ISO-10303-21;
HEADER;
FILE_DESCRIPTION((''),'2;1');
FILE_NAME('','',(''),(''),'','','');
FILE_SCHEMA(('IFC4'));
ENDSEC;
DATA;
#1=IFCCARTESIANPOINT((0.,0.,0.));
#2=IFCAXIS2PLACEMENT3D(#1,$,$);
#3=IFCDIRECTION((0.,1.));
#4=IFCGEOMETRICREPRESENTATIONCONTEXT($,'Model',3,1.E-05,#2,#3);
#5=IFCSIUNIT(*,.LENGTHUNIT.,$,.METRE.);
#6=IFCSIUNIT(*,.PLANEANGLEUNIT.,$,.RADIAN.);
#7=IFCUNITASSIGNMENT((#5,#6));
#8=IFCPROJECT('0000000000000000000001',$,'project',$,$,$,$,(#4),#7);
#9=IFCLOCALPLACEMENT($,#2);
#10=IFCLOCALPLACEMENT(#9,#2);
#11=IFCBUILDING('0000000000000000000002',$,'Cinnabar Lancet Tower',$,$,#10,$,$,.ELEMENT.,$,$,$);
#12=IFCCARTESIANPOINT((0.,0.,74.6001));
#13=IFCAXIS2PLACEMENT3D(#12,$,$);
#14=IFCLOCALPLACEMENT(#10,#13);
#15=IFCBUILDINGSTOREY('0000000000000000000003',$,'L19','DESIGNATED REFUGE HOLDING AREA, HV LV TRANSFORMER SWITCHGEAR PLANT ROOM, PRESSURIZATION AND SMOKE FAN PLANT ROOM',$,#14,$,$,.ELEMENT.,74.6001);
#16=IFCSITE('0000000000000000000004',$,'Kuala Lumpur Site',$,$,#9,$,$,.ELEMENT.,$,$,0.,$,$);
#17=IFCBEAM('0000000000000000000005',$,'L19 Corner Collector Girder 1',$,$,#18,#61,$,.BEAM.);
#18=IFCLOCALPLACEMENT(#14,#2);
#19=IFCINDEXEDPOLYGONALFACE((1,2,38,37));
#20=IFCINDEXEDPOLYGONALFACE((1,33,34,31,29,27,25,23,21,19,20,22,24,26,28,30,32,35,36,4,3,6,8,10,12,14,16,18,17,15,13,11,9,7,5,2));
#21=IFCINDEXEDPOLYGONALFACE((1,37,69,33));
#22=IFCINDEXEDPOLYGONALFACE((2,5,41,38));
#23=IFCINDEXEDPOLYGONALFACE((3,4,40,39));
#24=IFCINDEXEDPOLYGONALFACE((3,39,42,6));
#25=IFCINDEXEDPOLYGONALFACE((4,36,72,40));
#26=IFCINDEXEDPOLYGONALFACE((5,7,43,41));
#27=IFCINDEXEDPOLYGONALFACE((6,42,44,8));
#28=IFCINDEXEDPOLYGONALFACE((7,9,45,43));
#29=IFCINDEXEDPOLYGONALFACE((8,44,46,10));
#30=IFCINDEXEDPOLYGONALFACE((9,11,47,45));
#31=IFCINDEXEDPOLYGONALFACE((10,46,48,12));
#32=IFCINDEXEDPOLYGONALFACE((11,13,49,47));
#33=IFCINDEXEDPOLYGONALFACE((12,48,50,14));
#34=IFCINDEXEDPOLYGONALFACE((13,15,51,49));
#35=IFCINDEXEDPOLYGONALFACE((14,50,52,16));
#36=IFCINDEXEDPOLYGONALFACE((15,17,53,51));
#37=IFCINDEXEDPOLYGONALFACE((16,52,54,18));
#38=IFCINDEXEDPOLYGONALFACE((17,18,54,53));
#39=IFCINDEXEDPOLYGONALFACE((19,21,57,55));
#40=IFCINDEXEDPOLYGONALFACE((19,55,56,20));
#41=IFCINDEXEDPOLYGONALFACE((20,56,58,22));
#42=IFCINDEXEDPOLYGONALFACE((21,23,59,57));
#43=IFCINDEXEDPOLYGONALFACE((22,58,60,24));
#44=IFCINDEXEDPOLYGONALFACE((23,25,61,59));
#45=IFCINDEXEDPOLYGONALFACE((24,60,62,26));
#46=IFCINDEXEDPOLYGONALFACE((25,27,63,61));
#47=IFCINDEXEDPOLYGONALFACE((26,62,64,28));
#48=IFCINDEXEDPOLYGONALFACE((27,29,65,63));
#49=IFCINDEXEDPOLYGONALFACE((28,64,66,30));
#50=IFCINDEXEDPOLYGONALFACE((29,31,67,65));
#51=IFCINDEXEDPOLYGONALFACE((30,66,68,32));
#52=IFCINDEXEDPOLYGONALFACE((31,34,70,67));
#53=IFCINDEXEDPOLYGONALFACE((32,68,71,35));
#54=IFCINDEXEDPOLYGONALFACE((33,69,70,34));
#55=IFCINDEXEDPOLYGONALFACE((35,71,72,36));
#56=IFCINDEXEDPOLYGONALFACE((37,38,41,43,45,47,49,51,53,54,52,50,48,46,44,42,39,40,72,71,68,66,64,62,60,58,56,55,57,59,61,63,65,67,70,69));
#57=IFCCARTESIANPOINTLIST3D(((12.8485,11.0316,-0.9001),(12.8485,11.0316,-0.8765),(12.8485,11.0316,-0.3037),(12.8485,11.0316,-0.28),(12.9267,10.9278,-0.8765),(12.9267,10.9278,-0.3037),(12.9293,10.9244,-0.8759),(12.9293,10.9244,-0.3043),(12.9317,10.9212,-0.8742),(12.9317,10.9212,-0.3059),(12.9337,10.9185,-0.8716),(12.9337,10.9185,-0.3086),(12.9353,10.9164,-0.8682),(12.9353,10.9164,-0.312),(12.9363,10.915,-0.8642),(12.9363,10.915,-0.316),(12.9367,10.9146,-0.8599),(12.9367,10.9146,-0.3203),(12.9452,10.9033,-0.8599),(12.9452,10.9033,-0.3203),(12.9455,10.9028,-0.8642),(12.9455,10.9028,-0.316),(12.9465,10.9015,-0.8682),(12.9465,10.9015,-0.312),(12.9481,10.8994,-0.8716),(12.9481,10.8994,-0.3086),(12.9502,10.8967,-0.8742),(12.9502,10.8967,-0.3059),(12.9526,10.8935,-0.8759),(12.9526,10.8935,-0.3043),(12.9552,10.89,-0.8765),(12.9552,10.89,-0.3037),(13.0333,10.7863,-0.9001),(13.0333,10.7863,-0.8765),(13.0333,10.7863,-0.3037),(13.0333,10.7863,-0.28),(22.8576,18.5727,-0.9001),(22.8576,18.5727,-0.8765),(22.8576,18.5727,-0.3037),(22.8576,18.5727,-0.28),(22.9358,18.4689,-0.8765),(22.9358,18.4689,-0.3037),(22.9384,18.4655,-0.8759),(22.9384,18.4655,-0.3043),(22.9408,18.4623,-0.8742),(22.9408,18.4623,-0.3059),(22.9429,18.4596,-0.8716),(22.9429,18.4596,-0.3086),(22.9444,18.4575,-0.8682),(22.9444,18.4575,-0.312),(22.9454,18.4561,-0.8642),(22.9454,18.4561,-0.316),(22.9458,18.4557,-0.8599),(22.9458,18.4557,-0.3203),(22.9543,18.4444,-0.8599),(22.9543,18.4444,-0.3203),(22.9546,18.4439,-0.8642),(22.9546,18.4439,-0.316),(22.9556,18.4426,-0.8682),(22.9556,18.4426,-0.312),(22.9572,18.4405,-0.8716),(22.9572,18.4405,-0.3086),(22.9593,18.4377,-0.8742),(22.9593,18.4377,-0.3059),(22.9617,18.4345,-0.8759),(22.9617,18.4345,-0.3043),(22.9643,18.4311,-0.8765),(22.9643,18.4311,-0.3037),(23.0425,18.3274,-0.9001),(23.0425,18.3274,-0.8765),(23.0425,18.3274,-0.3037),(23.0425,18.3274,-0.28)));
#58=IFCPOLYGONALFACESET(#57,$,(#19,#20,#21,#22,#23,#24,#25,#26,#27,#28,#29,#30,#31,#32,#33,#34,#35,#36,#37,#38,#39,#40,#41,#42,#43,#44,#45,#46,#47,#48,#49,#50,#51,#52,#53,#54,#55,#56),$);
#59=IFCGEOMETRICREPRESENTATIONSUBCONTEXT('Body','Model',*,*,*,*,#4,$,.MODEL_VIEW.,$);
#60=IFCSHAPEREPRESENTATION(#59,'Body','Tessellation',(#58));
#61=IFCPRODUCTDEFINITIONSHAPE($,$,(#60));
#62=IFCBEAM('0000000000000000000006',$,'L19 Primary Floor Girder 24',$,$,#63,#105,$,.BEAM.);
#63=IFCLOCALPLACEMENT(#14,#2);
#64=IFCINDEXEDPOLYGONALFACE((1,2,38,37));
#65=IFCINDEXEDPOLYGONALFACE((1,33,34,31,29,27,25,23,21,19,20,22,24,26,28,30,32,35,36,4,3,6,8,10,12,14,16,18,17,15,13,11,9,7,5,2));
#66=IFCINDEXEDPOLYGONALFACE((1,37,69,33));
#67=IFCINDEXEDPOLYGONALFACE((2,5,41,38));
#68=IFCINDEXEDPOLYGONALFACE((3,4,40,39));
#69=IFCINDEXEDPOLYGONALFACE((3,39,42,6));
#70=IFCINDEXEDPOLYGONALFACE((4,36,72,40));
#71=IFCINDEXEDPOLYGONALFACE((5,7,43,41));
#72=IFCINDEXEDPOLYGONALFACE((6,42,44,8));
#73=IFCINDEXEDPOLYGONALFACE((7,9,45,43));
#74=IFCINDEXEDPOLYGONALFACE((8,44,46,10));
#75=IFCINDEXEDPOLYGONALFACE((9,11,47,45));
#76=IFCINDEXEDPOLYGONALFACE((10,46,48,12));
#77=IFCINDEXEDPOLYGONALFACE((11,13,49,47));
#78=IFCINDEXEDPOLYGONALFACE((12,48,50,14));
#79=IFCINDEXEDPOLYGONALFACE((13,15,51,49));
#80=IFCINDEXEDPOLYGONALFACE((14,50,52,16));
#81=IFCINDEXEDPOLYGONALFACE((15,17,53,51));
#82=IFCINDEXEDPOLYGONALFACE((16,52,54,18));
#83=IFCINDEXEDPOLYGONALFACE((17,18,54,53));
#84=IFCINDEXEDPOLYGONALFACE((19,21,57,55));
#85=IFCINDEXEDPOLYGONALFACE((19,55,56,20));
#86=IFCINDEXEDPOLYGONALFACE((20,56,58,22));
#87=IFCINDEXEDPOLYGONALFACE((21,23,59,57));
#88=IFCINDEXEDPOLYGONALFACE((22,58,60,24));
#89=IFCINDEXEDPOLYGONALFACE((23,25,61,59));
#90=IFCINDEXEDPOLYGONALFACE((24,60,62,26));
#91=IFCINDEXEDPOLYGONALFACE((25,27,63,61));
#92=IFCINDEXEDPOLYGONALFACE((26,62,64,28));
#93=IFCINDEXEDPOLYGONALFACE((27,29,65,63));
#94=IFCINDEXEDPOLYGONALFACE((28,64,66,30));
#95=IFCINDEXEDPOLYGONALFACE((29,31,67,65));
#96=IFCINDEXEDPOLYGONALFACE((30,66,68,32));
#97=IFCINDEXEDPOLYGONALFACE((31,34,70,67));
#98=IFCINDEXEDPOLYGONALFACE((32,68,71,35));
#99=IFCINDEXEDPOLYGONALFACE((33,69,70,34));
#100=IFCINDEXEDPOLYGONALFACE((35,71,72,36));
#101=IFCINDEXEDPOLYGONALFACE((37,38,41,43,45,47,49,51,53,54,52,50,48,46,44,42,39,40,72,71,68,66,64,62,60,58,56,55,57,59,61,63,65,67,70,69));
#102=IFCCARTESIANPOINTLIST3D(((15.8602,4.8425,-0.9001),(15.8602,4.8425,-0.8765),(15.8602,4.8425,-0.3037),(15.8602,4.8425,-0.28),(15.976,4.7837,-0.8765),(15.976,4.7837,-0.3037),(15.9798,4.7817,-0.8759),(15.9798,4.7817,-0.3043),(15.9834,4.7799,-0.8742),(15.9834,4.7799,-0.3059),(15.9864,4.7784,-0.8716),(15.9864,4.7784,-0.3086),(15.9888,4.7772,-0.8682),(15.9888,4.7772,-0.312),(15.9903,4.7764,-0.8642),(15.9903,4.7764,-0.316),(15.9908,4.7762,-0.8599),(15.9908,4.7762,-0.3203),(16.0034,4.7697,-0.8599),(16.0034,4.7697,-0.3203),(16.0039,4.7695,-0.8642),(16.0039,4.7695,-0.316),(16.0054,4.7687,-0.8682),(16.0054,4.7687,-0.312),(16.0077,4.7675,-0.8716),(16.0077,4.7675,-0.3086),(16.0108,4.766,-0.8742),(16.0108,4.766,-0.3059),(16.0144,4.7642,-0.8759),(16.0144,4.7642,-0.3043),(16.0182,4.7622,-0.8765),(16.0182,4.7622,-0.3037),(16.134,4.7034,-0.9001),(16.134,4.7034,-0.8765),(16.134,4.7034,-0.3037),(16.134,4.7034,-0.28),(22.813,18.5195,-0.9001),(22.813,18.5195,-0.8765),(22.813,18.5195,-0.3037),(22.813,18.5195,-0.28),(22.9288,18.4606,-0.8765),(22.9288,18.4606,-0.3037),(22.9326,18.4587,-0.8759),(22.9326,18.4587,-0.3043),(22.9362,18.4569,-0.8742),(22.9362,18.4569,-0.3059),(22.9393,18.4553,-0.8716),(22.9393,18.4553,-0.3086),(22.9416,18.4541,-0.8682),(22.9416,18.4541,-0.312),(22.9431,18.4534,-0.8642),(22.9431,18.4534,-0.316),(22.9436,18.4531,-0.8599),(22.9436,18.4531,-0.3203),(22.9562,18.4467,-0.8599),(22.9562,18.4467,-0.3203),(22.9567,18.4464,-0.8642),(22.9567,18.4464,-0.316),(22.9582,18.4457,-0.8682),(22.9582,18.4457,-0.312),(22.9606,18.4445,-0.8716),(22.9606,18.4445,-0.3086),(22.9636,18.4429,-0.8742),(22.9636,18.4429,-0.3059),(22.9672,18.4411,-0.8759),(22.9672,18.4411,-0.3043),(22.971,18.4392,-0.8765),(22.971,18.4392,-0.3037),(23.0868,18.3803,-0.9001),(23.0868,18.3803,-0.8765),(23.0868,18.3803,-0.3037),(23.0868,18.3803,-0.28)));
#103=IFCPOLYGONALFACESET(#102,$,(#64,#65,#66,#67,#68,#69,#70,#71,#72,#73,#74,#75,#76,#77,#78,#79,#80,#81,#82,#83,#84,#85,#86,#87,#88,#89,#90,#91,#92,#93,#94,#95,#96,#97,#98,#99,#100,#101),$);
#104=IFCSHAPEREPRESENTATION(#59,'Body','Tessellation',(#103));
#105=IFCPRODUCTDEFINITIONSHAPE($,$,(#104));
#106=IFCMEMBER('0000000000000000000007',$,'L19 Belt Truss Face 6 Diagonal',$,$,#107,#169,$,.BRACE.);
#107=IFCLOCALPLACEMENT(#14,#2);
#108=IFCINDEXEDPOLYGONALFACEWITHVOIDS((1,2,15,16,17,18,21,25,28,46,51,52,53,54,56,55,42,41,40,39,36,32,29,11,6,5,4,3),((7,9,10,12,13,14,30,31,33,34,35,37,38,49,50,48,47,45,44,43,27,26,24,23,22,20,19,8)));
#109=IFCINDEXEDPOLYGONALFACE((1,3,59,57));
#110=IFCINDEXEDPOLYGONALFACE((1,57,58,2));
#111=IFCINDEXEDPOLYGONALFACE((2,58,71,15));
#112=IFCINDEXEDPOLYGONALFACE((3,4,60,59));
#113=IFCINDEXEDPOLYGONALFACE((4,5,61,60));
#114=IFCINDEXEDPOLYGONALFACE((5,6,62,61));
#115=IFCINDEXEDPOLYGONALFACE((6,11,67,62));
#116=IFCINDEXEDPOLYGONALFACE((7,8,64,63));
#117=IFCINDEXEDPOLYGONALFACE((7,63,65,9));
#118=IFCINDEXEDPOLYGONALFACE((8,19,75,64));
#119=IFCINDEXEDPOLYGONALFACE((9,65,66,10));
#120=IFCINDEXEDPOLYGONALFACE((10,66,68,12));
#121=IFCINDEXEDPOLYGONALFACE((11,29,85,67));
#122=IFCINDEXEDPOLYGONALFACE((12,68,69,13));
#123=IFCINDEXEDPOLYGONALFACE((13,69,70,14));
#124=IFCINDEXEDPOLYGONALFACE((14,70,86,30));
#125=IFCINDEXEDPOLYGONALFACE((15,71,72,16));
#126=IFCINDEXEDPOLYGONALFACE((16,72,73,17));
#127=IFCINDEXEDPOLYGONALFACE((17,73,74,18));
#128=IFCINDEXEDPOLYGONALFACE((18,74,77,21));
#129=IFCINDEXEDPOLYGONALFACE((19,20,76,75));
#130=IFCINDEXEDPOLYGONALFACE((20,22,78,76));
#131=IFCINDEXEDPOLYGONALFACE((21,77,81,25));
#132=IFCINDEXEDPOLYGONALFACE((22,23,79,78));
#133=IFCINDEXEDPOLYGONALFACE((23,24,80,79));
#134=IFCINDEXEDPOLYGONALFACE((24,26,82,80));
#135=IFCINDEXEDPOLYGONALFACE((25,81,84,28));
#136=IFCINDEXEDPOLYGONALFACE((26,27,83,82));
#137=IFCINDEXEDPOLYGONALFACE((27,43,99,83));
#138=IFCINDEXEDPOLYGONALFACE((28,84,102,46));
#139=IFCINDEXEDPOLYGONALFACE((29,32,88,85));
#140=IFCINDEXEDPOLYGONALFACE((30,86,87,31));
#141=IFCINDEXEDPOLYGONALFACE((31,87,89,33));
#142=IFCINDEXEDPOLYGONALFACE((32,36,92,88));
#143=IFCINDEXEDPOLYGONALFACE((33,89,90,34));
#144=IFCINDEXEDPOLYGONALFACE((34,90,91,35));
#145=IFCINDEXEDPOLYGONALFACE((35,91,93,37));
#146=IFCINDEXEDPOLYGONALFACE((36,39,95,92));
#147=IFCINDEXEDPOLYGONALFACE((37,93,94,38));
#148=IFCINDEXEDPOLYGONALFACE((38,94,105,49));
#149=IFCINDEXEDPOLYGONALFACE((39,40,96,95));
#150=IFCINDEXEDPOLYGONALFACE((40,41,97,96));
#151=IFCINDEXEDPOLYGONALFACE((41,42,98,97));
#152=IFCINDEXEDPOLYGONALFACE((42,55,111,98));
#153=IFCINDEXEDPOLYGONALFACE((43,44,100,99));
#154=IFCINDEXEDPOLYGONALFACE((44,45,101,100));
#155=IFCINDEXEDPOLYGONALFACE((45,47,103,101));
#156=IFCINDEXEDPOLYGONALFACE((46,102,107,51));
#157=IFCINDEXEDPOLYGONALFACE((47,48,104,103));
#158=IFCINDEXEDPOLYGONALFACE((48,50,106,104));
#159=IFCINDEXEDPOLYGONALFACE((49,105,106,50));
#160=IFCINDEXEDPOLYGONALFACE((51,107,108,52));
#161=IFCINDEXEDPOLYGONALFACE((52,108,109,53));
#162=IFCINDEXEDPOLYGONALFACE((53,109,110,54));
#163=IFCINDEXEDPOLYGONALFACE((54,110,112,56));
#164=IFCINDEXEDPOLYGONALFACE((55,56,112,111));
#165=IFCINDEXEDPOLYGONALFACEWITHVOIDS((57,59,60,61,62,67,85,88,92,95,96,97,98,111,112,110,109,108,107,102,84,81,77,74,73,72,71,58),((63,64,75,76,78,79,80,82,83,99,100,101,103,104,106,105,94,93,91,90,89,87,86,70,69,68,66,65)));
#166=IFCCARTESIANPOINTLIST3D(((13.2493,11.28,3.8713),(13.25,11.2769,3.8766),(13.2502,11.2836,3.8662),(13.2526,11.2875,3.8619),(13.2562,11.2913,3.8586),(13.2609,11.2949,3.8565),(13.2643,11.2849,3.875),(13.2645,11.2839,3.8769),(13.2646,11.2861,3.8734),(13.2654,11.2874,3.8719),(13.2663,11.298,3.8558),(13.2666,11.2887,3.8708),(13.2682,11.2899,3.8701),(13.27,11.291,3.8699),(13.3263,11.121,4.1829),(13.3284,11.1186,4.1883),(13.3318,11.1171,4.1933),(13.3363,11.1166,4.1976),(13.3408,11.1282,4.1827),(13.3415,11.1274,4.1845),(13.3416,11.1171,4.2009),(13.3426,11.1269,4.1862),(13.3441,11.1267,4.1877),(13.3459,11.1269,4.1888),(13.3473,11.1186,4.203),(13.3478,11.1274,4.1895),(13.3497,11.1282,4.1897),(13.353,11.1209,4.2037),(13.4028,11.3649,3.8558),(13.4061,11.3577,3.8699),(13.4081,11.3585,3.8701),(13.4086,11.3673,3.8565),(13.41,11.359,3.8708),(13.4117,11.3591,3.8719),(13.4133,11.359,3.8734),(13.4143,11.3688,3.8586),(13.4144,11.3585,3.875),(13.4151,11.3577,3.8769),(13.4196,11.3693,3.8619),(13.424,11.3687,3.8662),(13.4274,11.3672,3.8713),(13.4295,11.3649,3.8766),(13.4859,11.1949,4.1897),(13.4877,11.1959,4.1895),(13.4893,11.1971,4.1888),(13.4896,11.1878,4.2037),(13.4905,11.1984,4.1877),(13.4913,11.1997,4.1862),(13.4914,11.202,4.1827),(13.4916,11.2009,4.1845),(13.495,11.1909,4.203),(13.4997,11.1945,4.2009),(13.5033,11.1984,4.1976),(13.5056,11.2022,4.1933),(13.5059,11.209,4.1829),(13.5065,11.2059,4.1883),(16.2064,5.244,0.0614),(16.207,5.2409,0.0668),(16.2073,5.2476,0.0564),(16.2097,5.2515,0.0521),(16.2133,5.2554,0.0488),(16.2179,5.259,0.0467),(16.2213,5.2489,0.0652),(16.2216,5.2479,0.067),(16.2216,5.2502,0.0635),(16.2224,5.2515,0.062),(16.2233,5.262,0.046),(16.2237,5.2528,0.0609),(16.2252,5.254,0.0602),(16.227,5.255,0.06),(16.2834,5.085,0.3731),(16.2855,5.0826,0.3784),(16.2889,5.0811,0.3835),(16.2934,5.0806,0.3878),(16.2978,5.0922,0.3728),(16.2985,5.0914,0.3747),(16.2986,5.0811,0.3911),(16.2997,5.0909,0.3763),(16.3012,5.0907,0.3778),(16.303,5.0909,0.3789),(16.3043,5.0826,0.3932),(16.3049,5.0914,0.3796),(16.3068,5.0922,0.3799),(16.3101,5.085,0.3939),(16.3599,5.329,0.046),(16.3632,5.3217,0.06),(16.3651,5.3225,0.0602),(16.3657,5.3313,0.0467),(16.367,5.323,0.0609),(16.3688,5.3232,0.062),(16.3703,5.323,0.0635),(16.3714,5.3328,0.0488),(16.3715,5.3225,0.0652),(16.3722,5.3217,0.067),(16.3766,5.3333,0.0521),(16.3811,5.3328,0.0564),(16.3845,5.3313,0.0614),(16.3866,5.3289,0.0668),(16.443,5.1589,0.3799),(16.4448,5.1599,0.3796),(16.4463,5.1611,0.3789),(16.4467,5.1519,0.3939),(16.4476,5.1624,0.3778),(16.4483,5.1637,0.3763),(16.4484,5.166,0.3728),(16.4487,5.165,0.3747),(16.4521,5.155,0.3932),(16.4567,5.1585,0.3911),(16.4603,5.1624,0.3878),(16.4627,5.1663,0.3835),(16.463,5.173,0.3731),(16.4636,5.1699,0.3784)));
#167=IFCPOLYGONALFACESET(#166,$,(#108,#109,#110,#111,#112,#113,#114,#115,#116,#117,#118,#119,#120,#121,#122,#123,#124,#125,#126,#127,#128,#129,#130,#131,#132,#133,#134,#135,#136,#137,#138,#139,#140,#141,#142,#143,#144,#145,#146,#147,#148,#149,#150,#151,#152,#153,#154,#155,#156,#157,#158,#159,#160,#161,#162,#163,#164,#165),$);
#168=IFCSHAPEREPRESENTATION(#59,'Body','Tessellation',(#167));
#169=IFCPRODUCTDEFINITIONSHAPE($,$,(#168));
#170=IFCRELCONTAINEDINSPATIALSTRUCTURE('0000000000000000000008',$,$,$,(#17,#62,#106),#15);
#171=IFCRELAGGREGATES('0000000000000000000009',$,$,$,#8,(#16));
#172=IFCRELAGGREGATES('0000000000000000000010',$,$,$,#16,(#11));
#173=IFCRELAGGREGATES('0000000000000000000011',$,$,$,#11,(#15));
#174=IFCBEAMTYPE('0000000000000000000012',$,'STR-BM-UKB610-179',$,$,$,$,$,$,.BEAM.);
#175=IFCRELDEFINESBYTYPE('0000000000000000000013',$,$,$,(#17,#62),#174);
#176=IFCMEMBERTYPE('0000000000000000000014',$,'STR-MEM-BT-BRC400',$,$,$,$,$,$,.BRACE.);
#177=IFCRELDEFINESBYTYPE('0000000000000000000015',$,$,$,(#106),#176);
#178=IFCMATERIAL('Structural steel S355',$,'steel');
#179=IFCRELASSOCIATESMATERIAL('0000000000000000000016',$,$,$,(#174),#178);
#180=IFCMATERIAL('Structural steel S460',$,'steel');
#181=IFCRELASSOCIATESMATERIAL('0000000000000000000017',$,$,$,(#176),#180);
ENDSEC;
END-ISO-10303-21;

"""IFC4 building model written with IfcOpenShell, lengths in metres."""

from ifc_helpers import new_model, si_unit, direction, frame, origin, origin_2d, place, context, subcontext, project, spatial, hollow_rectangle, i_section, extrude, material, material_profile, profile_set, type_object, element, save


model = new_model("IFC4")

# Units and contexts
model_context = context("Model", 3, precision=1e-05, world=origin(), true_north=direction((0.0, 1.0)))
body_context = subcontext(model_context, "Body", "Model", "MODEL_VIEW")
ifc_project = project(units=[si_unit("LENGTHUNIT", "METRE"), si_unit("PLANEANGLEUNIT", "RADIAN")], contexts=[model_context])

# Site, building, storey
site_placement = place(None, origin())
site = spatial("IfcSite", under=ifc_project, at=site_placement, Name="Kuala Lumpur Site", CompositionType="ELEMENT", RefElevation=0.0)
building_placement = place(site_placement, origin())
building = spatial("IfcBuilding", under=site, at=building_placement, Name="Cinnabar Lancet Tower", CompositionType="ELEMENT")
storey_placement = place(building_placement, frame((0.0, 0.0, 74.6001)))
storey = spatial("IfcBuildingStorey", under=building, at=storey_placement, Name="L19", Description="DESIGNATED REFUGE HOLDING AREA, HV LV TRANSFORMER SWITCHGEAR PLANT ROOM, PRESSURIZATION AND SMOKE FAN PLANT ROOM", CompositionType="ELEMENT", Elevation=74.6001)

# Beams
ifc_material_1 = material(Name="Structural steel S355", Category="steel")
ifc_material_profile_1 = material_profile(ifc_material_1, i_section(OverallWidth=0.3071, OverallDepth=0.6201, WebThickness=0.0142, FlangeThickness=0.0237, FilletRadius=0.0166, at=origin_2d()), Name="UKB 610x305x179")
ifc_profile_set_1 = profile_set([ifc_material_profile_1], Name="Structural steel S355")
beam_type_1 = type_object("IfcBeamType", Name="STR-BM-UKB610-179", PredefinedType="BEAM", material=ifc_profile_set_1)
beam_1_placement = place(storey_placement, frame((12.9409, 10.9089, -0.5901), z_axis=(0.798687, 0.601747, 0.0), x_axis=(-0.601747, 0.798687, 0.0)))
element("IfcBeam", 1, at=beam_1_placement, inside=storey, type_object=beam_type_1, Name="L19 Corner Collector Girder 1", PredefinedType="BEAM", context=body_context, shape_type="SweptSolid", body=[
    extrude(i_section(OverallWidth=0.3071, OverallDepth=0.6201, WebThickness=0.0142, FlangeThickness=0.0237, FilletRadius=0.0166, at=origin_2d()), origin(), (0.0, 0.0, 1.0), 12.532),
])
beam_2_placement = place(storey_placement, frame((15.9971, 4.7729, -0.5901), z_axis=(0.453168, 0.891425, 0.0), x_axis=(-0.891425, 0.453168, 0.0)))
element("IfcBeam", 2, at=beam_2_placement, inside=storey, type_object=beam_type_1, Name="L19 Primary Floor Girder 24", PredefinedType="BEAM", context=body_context, shape_type="SweptSolid", body=[
    extrude(i_section(OverallWidth=0.3071, OverallDepth=0.6201, WebThickness=0.0142, FlangeThickness=0.0237, FilletRadius=0.0166, at=origin_2d()), origin(), (0.0, 0.0, 1.0), 15.3428),
])

# Member
ifc_material_2 = material(Name="Structural steel S460", Category="steel")
ifc_material_profile_2 = material_profile(ifc_material_2, hollow_rectangle(XDim=0.2, YDim=0.3999, WallThickness=0.0161, InnerFilletRadius=0.0081, OuterFilletRadius=0.0239, at=origin_2d()), Name="RHS 400x200x16")
ifc_profile_set_2 = profile_set([ifc_material_profile_2], Name="Structural steel S460")
member_type_1 = type_object("IfcMemberType", Name="STR-MEM-BT-BRC400", PredefinedType="BRACE", material=ifc_profile_set_2)
member_placement = place(storey_placement, frame((13.3779, 11.2429, 4.0298), z_axis=(0.382739, -0.781246, -0.493118), x_axis=(0.898023, 0.439949, 0.0)))
element("IfcMember", 3, at=member_placement, inside=storey, type_object=member_type_1, Name="L19 Belt Truss Face 6 Diagonal", PredefinedType="BRACE", context=body_context, shape_type="SweptSolid", body=[
    extrude(hollow_rectangle(XDim=0.2, YDim=0.3999, WallThickness=0.0161, InnerFilletRadius=0.0081, OuterFilletRadius=0.0239, at=origin_2d()), origin(), (0.0, 0.0, 1.0), 7.7261),
])

save(model, "model.ifc")
